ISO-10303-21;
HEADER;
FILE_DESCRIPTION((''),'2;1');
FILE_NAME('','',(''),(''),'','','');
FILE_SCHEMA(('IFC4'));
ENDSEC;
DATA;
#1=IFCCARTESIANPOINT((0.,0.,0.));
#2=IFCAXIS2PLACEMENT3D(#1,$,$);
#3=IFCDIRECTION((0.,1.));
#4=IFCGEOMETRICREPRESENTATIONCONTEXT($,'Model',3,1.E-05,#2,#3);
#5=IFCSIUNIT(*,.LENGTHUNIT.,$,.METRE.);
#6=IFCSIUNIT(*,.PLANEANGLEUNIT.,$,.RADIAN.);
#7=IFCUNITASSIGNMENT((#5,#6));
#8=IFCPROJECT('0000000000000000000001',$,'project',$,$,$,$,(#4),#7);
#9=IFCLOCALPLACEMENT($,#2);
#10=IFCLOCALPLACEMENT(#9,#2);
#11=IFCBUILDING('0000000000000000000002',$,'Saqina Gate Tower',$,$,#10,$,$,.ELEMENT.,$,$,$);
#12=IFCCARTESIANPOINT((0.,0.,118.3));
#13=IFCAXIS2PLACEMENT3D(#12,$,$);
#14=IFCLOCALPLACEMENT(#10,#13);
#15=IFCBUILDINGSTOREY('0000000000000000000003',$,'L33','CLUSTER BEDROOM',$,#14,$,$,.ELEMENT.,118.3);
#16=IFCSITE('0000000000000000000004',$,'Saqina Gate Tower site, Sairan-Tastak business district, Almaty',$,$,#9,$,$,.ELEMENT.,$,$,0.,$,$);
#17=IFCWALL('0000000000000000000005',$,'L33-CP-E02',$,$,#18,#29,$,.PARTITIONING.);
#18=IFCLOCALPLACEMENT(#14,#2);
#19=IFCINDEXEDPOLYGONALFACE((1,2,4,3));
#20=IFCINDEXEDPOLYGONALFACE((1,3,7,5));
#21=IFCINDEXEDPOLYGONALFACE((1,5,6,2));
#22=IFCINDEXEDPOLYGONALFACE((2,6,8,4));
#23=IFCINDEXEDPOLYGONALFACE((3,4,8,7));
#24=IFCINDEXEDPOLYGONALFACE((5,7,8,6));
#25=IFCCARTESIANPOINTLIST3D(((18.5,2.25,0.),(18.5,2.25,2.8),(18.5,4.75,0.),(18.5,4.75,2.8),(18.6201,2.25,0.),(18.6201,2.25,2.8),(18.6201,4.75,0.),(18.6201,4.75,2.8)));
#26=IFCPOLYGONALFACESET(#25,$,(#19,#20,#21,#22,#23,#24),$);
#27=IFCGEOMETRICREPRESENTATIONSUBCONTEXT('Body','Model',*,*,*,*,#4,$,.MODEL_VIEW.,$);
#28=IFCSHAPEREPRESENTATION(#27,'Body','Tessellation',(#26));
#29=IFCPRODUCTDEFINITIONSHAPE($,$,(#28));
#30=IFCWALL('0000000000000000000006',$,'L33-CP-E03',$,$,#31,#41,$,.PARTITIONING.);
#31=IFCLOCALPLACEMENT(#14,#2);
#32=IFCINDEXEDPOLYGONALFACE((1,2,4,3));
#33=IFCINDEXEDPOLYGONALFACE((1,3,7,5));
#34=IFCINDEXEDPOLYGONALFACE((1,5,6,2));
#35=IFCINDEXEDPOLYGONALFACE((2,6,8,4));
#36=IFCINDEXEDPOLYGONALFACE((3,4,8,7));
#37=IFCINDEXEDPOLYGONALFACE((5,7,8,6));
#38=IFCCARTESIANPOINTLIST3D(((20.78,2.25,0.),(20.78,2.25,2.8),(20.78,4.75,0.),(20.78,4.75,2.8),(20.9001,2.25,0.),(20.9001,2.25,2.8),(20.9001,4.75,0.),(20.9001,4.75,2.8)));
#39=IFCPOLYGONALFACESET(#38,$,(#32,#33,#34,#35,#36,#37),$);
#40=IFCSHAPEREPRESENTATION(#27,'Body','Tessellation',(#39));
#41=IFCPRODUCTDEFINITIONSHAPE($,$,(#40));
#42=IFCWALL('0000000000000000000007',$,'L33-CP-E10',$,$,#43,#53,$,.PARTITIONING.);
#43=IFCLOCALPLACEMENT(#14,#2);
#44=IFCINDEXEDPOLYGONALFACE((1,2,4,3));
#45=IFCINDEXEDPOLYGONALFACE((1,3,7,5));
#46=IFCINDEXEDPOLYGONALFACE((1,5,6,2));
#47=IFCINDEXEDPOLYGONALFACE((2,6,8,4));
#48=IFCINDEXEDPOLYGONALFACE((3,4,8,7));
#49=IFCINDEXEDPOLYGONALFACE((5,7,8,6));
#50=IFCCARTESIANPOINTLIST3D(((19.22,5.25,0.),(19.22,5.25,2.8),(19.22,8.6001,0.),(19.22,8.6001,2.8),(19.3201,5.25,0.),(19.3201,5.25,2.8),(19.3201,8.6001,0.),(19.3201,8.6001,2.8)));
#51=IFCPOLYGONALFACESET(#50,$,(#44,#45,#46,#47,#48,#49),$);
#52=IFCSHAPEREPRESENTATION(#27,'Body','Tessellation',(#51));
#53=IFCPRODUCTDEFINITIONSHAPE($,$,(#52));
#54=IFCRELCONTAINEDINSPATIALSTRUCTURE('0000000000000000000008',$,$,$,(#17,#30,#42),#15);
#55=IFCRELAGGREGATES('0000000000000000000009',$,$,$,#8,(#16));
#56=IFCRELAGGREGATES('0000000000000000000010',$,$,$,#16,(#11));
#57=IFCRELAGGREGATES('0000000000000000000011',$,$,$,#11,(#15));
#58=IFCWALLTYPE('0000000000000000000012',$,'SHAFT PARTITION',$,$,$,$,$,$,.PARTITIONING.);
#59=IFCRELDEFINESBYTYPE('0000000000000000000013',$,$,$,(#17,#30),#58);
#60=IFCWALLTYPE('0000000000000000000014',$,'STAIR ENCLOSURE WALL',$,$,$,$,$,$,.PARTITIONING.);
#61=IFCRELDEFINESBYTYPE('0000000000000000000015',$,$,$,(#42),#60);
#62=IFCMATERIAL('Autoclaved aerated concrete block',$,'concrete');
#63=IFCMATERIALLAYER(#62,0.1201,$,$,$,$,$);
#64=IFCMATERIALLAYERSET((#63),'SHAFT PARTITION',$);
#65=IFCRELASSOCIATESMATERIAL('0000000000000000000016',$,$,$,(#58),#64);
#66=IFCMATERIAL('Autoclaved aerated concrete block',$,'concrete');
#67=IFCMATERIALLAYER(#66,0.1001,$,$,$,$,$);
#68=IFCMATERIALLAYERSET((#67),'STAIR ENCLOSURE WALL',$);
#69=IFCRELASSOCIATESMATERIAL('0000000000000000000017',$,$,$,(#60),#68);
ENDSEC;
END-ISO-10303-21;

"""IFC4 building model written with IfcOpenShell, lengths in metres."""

from ifc_helpers import new_model, si_unit, direction, frame, frame_2d, origin, place, context, subcontext, project, spatial, rectangle, extrude, material, layer, layer_set, type_object, element, save


model = new_model("IFC4")

# Units and contexts
model_context = context("Model", 3, precision=1e-05, world=origin(), true_north=direction((0.0, 1.0)))
body_context = subcontext(model_context, "Body", "Model", "MODEL_VIEW")
ifc_project = project(units=[si_unit("LENGTHUNIT", "METRE"), si_unit("PLANEANGLEUNIT", "RADIAN")], contexts=[model_context])

# Site, building, storey
site_placement = place(None, origin())
site = spatial("IfcSite", under=ifc_project, at=site_placement, Name="Saqina Gate Tower site, Sairan-Tastak business district, Almaty", CompositionType="ELEMENT", RefElevation=0.0)
building_placement = place(site_placement, origin())
building = spatial("IfcBuilding", under=site, at=building_placement, Name="Saqina Gate Tower", CompositionType="ELEMENT")
storey_placement = place(building_placement, frame((0.0, 0.0, 118.3)))
storey = spatial("IfcBuildingStorey", under=building, at=storey_placement, Name="L33", Description="CLUSTER BEDROOM", CompositionType="ELEMENT", Elevation=118.3)

# Walls
ifc_material_1 = material(Name="Autoclaved aerated concrete block", Category="concrete")
ifc_layer_1 = layer(ifc_material_1, 0.1201)
ifc_layer_set_1 = layer_set([ifc_layer_1], Name="SHAFT PARTITION")
wall_type_1 = type_object("IfcWallType", Name="SHAFT PARTITION", PredefinedType="PARTITIONING", material=ifc_layer_set_1)
for number, where, z_axis, x_axis, name in (
    (1, (18.5601, 2.25, 0.0), (0.0, 0.0, 1.0), (0.0, 1.0, 0.0), "L33-CP-E02"),
    (2, (20.8401, 2.25, 0.0), (0.0, 0.0, 1.0), (0.0, 1.0, 0.0), "L33-CP-E03"),
):
    element("IfcWall", number, at=place(storey_placement, frame(where, z_axis=z_axis, x_axis=x_axis)), inside=storey, type_object=wall_type_1, Name=name, PredefinedType="PARTITIONING", context=body_context, shape_type="SweptSolid", body=[
        extrude(rectangle(XDim=2.5, YDim=0.1201, at=frame_2d((1.25, 0.0))), origin(), (0.0, 0.0, 1.0), 2.8),
    ])
ifc_material_2 = material(Name="Autoclaved aerated concrete block", Category="concrete")
ifc_layer_2 = layer(ifc_material_2, 0.1001)
ifc_layer_set_2 = layer_set([ifc_layer_2], Name="STAIR ENCLOSURE WALL")
wall_type_2 = type_object("IfcWallType", Name="STAIR ENCLOSURE WALL", PredefinedType="PARTITIONING", material=ifc_layer_set_2)
wall_1_placement = place(storey_placement, frame((19.27, 5.25, 0.0), z_axis=(0.0, 0.0, 1.0), x_axis=(0.0, 1.0, 0.0)))
element("IfcWall", 3, at=wall_1_placement, inside=storey, type_object=wall_type_2, Name="L33-CP-E10", PredefinedType="PARTITIONING", context=body_context, shape_type="SweptSolid", body=[
    extrude(rectangle(XDim=3.3501, YDim=0.1001, at=frame_2d((1.675, 0.0))), origin(), (0.0, 0.0, 1.0), 2.8),
])

save(model, "model.ifc")
